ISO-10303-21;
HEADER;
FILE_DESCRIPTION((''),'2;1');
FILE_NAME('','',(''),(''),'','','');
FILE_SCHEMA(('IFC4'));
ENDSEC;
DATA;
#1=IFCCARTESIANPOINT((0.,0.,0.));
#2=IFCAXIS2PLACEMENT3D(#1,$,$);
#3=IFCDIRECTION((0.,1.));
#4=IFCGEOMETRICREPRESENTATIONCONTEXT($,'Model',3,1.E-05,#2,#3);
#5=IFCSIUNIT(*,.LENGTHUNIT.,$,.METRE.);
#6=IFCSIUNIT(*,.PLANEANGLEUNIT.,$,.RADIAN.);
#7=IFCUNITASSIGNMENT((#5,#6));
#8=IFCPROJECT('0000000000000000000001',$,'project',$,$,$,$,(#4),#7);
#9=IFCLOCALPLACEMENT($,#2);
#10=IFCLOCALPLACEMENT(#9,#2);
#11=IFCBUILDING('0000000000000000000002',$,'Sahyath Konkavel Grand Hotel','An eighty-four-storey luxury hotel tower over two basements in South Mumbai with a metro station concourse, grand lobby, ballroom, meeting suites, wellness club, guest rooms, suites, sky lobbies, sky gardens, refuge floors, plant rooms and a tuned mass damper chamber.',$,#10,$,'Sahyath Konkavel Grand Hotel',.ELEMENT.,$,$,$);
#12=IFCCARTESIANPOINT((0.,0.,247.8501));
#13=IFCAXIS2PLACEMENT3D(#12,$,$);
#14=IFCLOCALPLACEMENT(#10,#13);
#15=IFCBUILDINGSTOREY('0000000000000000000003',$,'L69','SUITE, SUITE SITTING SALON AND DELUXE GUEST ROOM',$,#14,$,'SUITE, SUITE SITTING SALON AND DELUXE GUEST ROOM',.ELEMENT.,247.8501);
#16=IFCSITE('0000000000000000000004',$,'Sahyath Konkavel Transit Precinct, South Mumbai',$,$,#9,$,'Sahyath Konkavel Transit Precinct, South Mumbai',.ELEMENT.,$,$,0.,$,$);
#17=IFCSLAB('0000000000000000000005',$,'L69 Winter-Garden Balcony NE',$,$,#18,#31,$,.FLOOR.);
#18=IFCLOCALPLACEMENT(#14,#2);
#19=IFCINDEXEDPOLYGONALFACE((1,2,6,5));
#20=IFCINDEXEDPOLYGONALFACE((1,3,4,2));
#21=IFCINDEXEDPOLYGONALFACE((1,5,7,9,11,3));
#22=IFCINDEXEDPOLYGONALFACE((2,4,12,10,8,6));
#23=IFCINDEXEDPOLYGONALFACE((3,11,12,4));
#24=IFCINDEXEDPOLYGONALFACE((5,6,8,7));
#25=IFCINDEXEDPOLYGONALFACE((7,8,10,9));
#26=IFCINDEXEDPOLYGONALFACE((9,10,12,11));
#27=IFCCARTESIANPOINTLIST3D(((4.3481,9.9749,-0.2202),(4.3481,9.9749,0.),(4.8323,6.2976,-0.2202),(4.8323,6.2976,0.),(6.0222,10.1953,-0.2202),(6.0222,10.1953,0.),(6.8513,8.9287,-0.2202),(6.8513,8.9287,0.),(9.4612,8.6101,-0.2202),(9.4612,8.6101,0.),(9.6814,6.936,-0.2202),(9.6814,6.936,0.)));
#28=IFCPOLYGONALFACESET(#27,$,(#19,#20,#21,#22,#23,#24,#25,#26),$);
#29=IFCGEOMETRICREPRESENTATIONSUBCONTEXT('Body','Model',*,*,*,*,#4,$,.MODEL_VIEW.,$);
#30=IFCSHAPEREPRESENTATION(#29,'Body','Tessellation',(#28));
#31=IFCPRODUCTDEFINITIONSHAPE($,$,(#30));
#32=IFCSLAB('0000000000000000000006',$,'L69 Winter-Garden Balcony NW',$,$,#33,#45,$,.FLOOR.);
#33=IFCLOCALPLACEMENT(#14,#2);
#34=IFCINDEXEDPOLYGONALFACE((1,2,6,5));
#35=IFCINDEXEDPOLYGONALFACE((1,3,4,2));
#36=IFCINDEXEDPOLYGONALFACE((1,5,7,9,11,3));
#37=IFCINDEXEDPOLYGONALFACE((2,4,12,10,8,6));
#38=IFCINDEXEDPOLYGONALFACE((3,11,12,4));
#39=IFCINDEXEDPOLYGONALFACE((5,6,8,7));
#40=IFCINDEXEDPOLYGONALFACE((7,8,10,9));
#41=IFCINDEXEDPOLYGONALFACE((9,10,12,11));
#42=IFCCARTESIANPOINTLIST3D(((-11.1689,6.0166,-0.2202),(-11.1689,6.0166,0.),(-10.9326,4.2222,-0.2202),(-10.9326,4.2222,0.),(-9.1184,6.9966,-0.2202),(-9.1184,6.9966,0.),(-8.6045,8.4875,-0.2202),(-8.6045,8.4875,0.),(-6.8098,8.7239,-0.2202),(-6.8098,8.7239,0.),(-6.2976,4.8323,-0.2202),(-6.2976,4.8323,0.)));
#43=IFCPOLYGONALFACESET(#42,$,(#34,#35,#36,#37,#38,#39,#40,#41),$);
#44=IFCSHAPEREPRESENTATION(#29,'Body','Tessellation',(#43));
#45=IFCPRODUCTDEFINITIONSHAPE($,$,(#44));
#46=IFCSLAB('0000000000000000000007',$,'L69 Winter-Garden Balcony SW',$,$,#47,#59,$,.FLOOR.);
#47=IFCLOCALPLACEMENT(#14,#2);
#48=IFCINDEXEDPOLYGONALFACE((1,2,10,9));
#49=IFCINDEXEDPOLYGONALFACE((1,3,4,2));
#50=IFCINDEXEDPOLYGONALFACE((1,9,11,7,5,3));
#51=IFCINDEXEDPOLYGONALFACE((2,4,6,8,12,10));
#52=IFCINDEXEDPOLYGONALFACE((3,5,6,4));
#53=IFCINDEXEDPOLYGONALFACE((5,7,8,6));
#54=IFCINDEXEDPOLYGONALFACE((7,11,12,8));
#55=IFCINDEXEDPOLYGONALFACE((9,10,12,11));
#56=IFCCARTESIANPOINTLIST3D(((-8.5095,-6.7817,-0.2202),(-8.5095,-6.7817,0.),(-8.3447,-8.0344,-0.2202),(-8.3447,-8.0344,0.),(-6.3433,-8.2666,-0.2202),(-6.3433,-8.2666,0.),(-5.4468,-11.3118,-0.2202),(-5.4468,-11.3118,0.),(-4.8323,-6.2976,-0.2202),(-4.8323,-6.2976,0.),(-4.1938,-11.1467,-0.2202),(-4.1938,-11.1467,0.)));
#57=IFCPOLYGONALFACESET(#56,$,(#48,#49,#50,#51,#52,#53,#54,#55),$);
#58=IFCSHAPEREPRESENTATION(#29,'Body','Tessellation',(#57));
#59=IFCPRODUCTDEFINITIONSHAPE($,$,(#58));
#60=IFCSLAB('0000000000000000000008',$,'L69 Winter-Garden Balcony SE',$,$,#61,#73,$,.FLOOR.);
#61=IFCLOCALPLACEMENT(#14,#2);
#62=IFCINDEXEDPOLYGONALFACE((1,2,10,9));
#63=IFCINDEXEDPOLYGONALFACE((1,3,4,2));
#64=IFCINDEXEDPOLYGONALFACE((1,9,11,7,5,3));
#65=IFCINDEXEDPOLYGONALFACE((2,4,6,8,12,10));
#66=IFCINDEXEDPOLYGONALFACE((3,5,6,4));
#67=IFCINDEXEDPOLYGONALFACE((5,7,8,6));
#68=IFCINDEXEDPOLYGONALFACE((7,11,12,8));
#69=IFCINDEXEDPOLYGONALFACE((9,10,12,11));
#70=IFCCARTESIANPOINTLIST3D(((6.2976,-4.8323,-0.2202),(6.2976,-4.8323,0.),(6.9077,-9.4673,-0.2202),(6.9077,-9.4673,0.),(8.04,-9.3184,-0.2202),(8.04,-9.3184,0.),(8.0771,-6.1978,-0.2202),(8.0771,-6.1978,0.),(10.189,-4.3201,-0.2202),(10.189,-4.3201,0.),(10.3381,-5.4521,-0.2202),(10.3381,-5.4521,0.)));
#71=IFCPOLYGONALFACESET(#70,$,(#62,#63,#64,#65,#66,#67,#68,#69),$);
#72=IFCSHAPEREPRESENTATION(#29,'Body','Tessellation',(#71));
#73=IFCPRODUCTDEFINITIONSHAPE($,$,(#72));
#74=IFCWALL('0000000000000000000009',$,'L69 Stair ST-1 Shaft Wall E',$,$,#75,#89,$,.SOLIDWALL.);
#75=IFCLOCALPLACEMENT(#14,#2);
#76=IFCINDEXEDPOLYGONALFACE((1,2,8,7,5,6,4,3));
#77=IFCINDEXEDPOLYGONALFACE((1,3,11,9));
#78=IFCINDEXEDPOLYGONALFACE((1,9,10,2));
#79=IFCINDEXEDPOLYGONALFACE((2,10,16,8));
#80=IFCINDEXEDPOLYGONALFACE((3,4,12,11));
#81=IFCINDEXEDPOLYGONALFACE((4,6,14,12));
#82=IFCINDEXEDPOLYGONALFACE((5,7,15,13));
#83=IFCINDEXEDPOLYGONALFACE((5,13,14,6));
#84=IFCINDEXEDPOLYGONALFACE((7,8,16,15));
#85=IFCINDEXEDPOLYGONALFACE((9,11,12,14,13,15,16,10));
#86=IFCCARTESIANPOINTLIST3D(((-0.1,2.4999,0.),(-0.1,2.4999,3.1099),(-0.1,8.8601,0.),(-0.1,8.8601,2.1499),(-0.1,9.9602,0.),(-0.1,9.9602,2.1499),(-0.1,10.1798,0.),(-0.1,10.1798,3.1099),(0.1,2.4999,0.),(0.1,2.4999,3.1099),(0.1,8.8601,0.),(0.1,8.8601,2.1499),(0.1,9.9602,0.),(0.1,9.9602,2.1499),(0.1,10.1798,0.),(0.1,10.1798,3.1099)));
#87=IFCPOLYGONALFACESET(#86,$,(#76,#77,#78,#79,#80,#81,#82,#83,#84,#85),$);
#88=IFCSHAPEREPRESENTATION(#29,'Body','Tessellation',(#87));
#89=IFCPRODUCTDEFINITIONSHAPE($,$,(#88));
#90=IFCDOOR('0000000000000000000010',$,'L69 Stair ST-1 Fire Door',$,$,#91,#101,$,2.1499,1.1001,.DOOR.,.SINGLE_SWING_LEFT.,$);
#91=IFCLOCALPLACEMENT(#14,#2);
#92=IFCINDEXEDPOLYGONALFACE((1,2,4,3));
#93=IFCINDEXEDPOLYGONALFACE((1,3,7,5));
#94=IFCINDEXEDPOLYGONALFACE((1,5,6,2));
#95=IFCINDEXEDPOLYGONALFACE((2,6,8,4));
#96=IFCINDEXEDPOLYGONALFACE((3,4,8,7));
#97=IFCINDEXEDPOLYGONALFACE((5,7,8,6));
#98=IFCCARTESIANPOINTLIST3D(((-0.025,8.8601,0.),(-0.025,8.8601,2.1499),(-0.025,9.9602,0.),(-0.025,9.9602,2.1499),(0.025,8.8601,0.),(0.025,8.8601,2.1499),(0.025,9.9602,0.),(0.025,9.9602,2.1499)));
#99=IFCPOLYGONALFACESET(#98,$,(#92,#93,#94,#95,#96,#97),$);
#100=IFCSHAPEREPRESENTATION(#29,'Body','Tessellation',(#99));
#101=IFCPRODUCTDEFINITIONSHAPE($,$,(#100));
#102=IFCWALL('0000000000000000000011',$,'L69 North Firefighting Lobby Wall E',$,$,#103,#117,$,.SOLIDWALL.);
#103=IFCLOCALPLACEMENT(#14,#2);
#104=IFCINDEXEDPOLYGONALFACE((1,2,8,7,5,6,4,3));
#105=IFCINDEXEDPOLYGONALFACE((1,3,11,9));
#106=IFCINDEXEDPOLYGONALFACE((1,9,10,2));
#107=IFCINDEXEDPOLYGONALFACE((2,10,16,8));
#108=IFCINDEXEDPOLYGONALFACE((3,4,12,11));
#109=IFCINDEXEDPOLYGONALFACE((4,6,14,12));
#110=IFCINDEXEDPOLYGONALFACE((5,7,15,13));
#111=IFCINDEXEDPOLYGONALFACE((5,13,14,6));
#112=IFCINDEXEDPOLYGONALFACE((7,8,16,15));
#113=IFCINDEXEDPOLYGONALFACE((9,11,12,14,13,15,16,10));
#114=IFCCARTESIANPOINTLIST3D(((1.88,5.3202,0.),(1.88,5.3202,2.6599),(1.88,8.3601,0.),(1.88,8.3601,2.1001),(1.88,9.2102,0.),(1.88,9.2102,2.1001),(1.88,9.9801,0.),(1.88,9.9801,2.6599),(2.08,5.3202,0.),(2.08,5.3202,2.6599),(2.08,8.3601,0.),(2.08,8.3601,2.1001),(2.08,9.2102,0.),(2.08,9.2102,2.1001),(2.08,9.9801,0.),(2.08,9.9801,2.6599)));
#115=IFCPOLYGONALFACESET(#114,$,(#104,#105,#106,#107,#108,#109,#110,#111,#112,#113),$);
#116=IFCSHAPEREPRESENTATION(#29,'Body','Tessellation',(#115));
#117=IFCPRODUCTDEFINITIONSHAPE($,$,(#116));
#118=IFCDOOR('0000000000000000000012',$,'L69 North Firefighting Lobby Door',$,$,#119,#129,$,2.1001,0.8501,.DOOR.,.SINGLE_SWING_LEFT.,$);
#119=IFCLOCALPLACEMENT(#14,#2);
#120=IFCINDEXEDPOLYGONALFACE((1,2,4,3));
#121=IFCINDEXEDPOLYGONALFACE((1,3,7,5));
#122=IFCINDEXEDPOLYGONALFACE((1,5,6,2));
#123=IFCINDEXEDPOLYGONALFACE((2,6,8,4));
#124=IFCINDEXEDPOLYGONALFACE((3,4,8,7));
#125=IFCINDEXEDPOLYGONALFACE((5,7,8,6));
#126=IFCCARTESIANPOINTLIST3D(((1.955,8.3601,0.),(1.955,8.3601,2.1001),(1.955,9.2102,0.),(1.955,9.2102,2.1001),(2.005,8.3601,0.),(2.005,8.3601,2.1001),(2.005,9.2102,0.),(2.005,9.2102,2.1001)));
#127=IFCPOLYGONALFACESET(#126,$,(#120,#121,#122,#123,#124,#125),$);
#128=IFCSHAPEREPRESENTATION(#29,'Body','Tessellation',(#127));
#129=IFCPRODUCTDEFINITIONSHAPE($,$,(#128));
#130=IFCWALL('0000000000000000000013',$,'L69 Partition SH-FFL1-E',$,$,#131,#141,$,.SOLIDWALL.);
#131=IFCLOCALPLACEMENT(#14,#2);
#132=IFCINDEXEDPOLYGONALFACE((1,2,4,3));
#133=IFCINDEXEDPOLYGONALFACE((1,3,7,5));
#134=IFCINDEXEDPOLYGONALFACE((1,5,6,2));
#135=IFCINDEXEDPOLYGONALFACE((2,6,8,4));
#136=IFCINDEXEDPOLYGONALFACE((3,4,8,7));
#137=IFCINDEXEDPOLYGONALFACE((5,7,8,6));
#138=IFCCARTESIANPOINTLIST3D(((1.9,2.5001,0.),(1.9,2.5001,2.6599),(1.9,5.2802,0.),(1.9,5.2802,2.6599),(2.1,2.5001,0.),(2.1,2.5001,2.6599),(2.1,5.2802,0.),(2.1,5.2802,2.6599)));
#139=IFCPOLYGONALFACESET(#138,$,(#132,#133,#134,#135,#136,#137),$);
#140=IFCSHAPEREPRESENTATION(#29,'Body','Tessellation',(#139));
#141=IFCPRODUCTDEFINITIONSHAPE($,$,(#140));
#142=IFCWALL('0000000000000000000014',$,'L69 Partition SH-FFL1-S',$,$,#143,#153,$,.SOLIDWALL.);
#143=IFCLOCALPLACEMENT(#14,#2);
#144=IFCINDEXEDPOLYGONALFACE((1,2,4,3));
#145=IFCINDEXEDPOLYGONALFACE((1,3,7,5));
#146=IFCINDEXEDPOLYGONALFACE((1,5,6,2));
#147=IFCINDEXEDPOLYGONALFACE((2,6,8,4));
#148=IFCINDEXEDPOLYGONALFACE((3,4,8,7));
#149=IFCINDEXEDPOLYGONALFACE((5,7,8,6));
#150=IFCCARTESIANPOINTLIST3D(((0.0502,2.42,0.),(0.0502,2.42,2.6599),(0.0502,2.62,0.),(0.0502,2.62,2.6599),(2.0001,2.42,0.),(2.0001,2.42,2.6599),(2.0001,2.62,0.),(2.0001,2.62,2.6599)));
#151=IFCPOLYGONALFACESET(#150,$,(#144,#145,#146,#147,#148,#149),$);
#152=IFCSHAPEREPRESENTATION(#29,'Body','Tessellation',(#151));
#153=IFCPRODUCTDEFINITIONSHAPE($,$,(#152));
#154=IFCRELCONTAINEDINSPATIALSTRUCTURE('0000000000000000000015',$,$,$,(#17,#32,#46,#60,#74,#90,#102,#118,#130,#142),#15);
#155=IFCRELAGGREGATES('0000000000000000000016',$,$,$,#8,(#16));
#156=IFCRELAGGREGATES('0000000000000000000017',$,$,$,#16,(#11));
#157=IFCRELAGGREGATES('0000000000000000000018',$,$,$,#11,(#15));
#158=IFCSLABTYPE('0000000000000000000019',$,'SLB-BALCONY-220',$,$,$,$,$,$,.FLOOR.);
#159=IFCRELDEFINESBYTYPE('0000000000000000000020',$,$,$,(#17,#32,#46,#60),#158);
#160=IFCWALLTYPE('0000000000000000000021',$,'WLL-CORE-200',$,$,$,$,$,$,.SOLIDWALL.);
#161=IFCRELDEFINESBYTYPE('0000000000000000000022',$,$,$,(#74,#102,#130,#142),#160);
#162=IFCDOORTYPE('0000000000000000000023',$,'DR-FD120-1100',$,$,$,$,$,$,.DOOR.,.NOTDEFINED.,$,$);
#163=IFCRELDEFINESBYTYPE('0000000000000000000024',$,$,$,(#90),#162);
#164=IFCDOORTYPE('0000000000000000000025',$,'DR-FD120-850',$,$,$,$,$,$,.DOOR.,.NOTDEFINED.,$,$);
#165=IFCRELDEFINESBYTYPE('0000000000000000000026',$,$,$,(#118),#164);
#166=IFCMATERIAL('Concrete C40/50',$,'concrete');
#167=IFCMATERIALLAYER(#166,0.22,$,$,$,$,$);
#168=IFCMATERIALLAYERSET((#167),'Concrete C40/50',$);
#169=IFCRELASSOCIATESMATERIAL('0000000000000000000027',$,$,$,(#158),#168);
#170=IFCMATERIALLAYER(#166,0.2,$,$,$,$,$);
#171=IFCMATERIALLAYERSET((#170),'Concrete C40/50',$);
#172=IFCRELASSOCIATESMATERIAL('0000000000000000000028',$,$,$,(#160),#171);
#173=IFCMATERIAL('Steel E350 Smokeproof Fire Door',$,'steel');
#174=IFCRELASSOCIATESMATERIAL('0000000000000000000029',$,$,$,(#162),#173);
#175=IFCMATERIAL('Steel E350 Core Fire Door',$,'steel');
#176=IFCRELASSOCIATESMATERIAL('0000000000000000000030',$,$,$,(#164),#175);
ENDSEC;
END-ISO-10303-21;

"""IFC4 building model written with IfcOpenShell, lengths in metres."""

from ifc_helpers import new_model, si_unit, direction, frame, frame_2d, origin, origin_2d, place, context, subcontext, project, spatial, polyline, rectangle, outline, extrude, source, transform, mapped, material, layer, layer_set, type_object, element, fill, save


model = new_model("IFC4")

# Units and contexts
model_context = context("Model", 3, precision=1e-05, world=origin(), true_north=direction((0.0, 1.0)))
body_context = subcontext(model_context, "Body", "Model", "MODEL_VIEW")
ifc_project = project(units=[si_unit("LENGTHUNIT", "METRE"), si_unit("PLANEANGLEUNIT", "RADIAN")], contexts=[model_context])

# Site, building, storey
site_placement = place(None, origin())
site = spatial("IfcSite", under=ifc_project, at=site_placement, Name="Sahyath Konkavel Transit Precinct, South Mumbai", LongName="Sahyath Konkavel Transit Precinct, South Mumbai", CompositionType="ELEMENT", RefElevation=0.0)
building_placement = place(site_placement, origin())
building = spatial("IfcBuilding", under=site, at=building_placement, Name="Sahyath Konkavel Grand Hotel", Description="An eighty-four-storey luxury hotel tower over two basements in South Mumbai with a metro station concourse, grand lobby, ballroom, meeting suites, wellness club, guest rooms, suites, sky lobbies, sky gardens, refuge floors, plant rooms and a tuned mass damper chamber.", LongName="Sahyath Konkavel Grand Hotel", CompositionType="ELEMENT")
storey_placement = place(building_placement, frame((0.0, 0.0, 247.8501)))
storey = spatial("IfcBuildingStorey", under=building, at=storey_placement, Name="L69", Description="SUITE, SUITE SITTING SALON AND DELUXE GUEST ROOM", LongName="SUITE, SUITE SITTING SALON AND DELUXE GUEST ROOM", CompositionType="ELEMENT", Elevation=247.8501)

# Slabs
ifc_material_1 = material(Name="Concrete C40/50", Category="concrete")
ifc_layer_1 = layer(ifc_material_1, 0.22)
ifc_layer_set_1 = layer_set([ifc_layer_1], Name="Concrete C40/50")
slab_type = type_object("IfcSlabType", Name="SLB-BALCONY-220", PredefinedType="FLOOR", material=ifc_layer_set_1)
slab_1_placement = place(storey_placement, frame((0.0, 0.0, -0.2202)))
element("IfcSlab", 1, at=slab_1_placement, inside=storey, type_object=slab_type, Name="L69 Winter-Garden Balcony NE", PredefinedType="FLOOR", context=body_context, shape_type="SweptSolid", body=[
    extrude(outline(polyline([(4.8323, 6.2976), (9.6814, 6.936), (9.4612, 8.6101), (6.8513, 8.9287), (6.0222, 10.1953), (4.3481, 9.9749), (4.8323, 6.2976)])), origin(), (0.0, 0.0, 1.0), 0.2202),
])
slab_2_placement = place(storey_placement, frame((0.0, 0.0, -0.2202)))
element("IfcSlab", 2, at=slab_2_placement, inside=storey, type_object=slab_type, Name="L69 Winter-Garden Balcony NW", PredefinedType="FLOOR", context=body_context, shape_type="SweptSolid", body=[
    extrude(outline(polyline([(-6.2976, 4.8323), (-6.8098, 8.7239), (-8.6045, 8.4875), (-9.1184, 6.9966), (-11.1689, 6.0166), (-10.9326, 4.2222), (-6.2976, 4.8323)])), origin(), (0.0, 0.0, 1.0), 0.2202),
])
slab_3_placement = place(storey_placement, frame((0.0, 0.0, -0.2202)))
element("IfcSlab", 3, at=slab_3_placement, inside=storey, type_object=slab_type, Name="L69 Winter-Garden Balcony SW", PredefinedType="FLOOR", context=body_context, shape_type="SweptSolid", body=[
    extrude(outline(polyline([(-4.8323, -6.2976), (-8.5095, -6.7817), (-8.3447, -8.0344), (-6.3433, -8.2666), (-5.4468, -11.3118), (-4.1938, -11.1467), (-4.8323, -6.2976)])), origin(), (0.0, 0.0, 1.0), 0.2202),
])
slab_4_placement = place(storey_placement, frame((0.0, 0.0, -0.2202)))
element("IfcSlab", 4, at=slab_4_placement, inside=storey, type_object=slab_type, Name="L69 Winter-Garden Balcony SE", PredefinedType="FLOOR", context=body_context, shape_type="SweptSolid", body=[
    extrude(outline(polyline([(6.2976, -4.8323), (6.9077, -9.4673), (8.04, -9.3184), (8.0771, -6.1978), (10.3381, -5.4521), (10.189, -4.3201), (6.2976, -4.8323)])), origin(), (0.0, 0.0, 1.0), 0.2202),
])

# Walls, openings, doors
ifc_layer_2 = layer(ifc_material_1, 0.2)
ifc_layer_set_2 = layer_set([ifc_layer_2], Name="Concrete C40/50")
wall_type = type_object("IfcWallType", Name="WLL-CORE-200", PredefinedType="SOLIDWALL", material=ifc_layer_set_2)
wall_1_placement = place(storey_placement, frame((0.0, 2.5, 0.0), z_axis=(0.0, 0.0, 1.0), x_axis=(0.0, 1.0, 0.0)))
wall_1 = element("IfcWall", 5, at=wall_1_placement, inside=storey, type_object=wall_type, Name="L69 Stair ST-1 Shaft Wall E", PredefinedType="SOLIDWALL", context=body_context, shape_type="SweptSolid", body=[
    extrude(rectangle(XDim=7.6799, YDim=0.2, at=frame_2d((3.8398, 0.0))), origin(), (0.0, 0.0, 1.0), 3.1099),
])
opening_1_placement = place(wall_1_placement, frame((6.3601, 0.0, 0.0)))
opening_1 = element("IfcOpeningElement", 6, at=opening_1_placement, cuts=wall_1, PredefinedType="OPENING", context=body_context, shape_type="SweptSolid", body=[
    extrude(rectangle(XDim=1.1001, YDim=2.1499, at=frame_2d((0.55, 1.075))), frame((0.0, 0.1099, 0.0), z_axis=(0.0, -1.0, 0.0), x_axis=(1.0, 0.0, 0.0)), (0.0, 0.0, 1.0), 0.22),
])
ifc_material_2 = material(Name="Steel E350 Smokeproof Fire Door", Category="steel")
door_type_1 = type_object("IfcDoorType", Name="DR-FD120-1100", OperationType="NOTDEFINED", PredefinedType="DOOR", material=ifc_material_2)
shared_shape_1 = source(origin(), body_context, "Body", "SweptSolid", [
    extrude(rectangle(XDim=1.1001, YDim=0.05, at=origin_2d()), origin(), (0.0, 0.0, 1.0), 2.1499),
])
door_1_placement = place(opening_1_placement, frame((0.55, 0.0, 0.0)))
door_1 = element("IfcDoor", 7, at=door_1_placement, inside=storey, type_object=door_type_1, Name="L69 Stair ST-1 Fire Door", OperationType="SINGLE_SWING_LEFT", OverallHeight=2.1499, OverallWidth=1.1001, PredefinedType="DOOR", context=body_context, shape_type="MappedRepresentation", body=[
    mapped(shared_shape_1, transform((0.0, 0.0, 0.0), scale=1.0)),
])
fill(opening_1, door_1)
wall_2_placement = place(storey_placement, frame((1.98, 5.3201, 0.0), z_axis=(0.0, 0.0, 1.0), x_axis=(0.0, 1.0, 0.0)))
wall_2 = element("IfcWall", 8, at=wall_2_placement, inside=storey, type_object=wall_type, Name="L69 North Firefighting Lobby Wall E", PredefinedType="SOLIDWALL", context=body_context, shape_type="SweptSolid", body=[
    extrude(rectangle(XDim=4.6599, YDim=0.2, at=frame_2d((2.3301, 0.0))), origin(), (0.0, 0.0, 1.0), 2.6599),
])
opening_2_placement = place(wall_2_placement, frame((3.04, 0.0, 0.0)))
opening_2 = element("IfcOpeningElement", 9, at=opening_2_placement, cuts=wall_2, PredefinedType="OPENING", context=body_context, shape_type="SweptSolid", body=[
    extrude(rectangle(XDim=0.8501, YDim=2.1001, at=frame_2d((0.425, 1.05))), frame((0.0, 0.1099, 0.0), z_axis=(0.0, -1.0, 0.0), x_axis=(1.0, 0.0, 0.0)), (0.0, 0.0, 1.0), 0.22),
])
ifc_material_3 = material(Name="Steel E350 Core Fire Door", Category="steel")
door_type_2 = type_object("IfcDoorType", Name="DR-FD120-850", OperationType="NOTDEFINED", PredefinedType="DOOR", material=ifc_material_3)
shared_shape_2 = source(origin(), body_context, "Body", "SweptSolid", [
    extrude(rectangle(XDim=0.8501, YDim=0.05, at=origin_2d()), origin(), (0.0, 0.0, 1.0), 2.1001),
])
door_2_placement = place(opening_2_placement, frame((0.425, 0.0, 0.0)))
door_2 = element("IfcDoor", 10, at=door_2_placement, inside=storey, type_object=door_type_2, Name="L69 North Firefighting Lobby Door", OperationType="SINGLE_SWING_LEFT", OverallHeight=2.1001, OverallWidth=0.8501, PredefinedType="DOOR", context=body_context, shape_type="MappedRepresentation", body=[
    mapped(shared_shape_2, transform((0.0, 0.0, 0.0), scale=1.0)),
])
fill(opening_2, door_2)

# Walls
wall_3_placement = place(storey_placement, frame((2.0, 2.5, 0.0), z_axis=(0.0, 0.0, 1.0), x_axis=(0.0, 1.0, 0.0)))
element("IfcWall", 11, at=wall_3_placement, inside=storey, type_object=wall_type, Name="L69 Partition SH-FFL1-E", PredefinedType="SOLIDWALL", context=body_context, shape_type="SweptSolid", body=[
    extrude(rectangle(XDim=2.78, YDim=0.2, at=frame_2d((1.3901, 0.0))), origin(), (0.0, 0.0, 1.0), 2.6599),
])
wall_4_placement = place(storey_placement, frame((0.05, 2.52, 0.0), z_axis=(0.0, 0.0, 1.0), x_axis=(1.0, 0.0, 0.0)))
element("IfcWall", 12, at=wall_4_placement, inside=storey, type_object=wall_type, Name="L69 Partition SH-FFL1-S", PredefinedType="SOLIDWALL", context=body_context, shape_type="SweptSolid", body=[
    extrude(rectangle(XDim=1.95, YDim=0.2, at=frame_2d((0.9751, 0.0))), origin(), (0.0, 0.0, 1.0), 2.6599),
])

save(model, "model.ifc")
